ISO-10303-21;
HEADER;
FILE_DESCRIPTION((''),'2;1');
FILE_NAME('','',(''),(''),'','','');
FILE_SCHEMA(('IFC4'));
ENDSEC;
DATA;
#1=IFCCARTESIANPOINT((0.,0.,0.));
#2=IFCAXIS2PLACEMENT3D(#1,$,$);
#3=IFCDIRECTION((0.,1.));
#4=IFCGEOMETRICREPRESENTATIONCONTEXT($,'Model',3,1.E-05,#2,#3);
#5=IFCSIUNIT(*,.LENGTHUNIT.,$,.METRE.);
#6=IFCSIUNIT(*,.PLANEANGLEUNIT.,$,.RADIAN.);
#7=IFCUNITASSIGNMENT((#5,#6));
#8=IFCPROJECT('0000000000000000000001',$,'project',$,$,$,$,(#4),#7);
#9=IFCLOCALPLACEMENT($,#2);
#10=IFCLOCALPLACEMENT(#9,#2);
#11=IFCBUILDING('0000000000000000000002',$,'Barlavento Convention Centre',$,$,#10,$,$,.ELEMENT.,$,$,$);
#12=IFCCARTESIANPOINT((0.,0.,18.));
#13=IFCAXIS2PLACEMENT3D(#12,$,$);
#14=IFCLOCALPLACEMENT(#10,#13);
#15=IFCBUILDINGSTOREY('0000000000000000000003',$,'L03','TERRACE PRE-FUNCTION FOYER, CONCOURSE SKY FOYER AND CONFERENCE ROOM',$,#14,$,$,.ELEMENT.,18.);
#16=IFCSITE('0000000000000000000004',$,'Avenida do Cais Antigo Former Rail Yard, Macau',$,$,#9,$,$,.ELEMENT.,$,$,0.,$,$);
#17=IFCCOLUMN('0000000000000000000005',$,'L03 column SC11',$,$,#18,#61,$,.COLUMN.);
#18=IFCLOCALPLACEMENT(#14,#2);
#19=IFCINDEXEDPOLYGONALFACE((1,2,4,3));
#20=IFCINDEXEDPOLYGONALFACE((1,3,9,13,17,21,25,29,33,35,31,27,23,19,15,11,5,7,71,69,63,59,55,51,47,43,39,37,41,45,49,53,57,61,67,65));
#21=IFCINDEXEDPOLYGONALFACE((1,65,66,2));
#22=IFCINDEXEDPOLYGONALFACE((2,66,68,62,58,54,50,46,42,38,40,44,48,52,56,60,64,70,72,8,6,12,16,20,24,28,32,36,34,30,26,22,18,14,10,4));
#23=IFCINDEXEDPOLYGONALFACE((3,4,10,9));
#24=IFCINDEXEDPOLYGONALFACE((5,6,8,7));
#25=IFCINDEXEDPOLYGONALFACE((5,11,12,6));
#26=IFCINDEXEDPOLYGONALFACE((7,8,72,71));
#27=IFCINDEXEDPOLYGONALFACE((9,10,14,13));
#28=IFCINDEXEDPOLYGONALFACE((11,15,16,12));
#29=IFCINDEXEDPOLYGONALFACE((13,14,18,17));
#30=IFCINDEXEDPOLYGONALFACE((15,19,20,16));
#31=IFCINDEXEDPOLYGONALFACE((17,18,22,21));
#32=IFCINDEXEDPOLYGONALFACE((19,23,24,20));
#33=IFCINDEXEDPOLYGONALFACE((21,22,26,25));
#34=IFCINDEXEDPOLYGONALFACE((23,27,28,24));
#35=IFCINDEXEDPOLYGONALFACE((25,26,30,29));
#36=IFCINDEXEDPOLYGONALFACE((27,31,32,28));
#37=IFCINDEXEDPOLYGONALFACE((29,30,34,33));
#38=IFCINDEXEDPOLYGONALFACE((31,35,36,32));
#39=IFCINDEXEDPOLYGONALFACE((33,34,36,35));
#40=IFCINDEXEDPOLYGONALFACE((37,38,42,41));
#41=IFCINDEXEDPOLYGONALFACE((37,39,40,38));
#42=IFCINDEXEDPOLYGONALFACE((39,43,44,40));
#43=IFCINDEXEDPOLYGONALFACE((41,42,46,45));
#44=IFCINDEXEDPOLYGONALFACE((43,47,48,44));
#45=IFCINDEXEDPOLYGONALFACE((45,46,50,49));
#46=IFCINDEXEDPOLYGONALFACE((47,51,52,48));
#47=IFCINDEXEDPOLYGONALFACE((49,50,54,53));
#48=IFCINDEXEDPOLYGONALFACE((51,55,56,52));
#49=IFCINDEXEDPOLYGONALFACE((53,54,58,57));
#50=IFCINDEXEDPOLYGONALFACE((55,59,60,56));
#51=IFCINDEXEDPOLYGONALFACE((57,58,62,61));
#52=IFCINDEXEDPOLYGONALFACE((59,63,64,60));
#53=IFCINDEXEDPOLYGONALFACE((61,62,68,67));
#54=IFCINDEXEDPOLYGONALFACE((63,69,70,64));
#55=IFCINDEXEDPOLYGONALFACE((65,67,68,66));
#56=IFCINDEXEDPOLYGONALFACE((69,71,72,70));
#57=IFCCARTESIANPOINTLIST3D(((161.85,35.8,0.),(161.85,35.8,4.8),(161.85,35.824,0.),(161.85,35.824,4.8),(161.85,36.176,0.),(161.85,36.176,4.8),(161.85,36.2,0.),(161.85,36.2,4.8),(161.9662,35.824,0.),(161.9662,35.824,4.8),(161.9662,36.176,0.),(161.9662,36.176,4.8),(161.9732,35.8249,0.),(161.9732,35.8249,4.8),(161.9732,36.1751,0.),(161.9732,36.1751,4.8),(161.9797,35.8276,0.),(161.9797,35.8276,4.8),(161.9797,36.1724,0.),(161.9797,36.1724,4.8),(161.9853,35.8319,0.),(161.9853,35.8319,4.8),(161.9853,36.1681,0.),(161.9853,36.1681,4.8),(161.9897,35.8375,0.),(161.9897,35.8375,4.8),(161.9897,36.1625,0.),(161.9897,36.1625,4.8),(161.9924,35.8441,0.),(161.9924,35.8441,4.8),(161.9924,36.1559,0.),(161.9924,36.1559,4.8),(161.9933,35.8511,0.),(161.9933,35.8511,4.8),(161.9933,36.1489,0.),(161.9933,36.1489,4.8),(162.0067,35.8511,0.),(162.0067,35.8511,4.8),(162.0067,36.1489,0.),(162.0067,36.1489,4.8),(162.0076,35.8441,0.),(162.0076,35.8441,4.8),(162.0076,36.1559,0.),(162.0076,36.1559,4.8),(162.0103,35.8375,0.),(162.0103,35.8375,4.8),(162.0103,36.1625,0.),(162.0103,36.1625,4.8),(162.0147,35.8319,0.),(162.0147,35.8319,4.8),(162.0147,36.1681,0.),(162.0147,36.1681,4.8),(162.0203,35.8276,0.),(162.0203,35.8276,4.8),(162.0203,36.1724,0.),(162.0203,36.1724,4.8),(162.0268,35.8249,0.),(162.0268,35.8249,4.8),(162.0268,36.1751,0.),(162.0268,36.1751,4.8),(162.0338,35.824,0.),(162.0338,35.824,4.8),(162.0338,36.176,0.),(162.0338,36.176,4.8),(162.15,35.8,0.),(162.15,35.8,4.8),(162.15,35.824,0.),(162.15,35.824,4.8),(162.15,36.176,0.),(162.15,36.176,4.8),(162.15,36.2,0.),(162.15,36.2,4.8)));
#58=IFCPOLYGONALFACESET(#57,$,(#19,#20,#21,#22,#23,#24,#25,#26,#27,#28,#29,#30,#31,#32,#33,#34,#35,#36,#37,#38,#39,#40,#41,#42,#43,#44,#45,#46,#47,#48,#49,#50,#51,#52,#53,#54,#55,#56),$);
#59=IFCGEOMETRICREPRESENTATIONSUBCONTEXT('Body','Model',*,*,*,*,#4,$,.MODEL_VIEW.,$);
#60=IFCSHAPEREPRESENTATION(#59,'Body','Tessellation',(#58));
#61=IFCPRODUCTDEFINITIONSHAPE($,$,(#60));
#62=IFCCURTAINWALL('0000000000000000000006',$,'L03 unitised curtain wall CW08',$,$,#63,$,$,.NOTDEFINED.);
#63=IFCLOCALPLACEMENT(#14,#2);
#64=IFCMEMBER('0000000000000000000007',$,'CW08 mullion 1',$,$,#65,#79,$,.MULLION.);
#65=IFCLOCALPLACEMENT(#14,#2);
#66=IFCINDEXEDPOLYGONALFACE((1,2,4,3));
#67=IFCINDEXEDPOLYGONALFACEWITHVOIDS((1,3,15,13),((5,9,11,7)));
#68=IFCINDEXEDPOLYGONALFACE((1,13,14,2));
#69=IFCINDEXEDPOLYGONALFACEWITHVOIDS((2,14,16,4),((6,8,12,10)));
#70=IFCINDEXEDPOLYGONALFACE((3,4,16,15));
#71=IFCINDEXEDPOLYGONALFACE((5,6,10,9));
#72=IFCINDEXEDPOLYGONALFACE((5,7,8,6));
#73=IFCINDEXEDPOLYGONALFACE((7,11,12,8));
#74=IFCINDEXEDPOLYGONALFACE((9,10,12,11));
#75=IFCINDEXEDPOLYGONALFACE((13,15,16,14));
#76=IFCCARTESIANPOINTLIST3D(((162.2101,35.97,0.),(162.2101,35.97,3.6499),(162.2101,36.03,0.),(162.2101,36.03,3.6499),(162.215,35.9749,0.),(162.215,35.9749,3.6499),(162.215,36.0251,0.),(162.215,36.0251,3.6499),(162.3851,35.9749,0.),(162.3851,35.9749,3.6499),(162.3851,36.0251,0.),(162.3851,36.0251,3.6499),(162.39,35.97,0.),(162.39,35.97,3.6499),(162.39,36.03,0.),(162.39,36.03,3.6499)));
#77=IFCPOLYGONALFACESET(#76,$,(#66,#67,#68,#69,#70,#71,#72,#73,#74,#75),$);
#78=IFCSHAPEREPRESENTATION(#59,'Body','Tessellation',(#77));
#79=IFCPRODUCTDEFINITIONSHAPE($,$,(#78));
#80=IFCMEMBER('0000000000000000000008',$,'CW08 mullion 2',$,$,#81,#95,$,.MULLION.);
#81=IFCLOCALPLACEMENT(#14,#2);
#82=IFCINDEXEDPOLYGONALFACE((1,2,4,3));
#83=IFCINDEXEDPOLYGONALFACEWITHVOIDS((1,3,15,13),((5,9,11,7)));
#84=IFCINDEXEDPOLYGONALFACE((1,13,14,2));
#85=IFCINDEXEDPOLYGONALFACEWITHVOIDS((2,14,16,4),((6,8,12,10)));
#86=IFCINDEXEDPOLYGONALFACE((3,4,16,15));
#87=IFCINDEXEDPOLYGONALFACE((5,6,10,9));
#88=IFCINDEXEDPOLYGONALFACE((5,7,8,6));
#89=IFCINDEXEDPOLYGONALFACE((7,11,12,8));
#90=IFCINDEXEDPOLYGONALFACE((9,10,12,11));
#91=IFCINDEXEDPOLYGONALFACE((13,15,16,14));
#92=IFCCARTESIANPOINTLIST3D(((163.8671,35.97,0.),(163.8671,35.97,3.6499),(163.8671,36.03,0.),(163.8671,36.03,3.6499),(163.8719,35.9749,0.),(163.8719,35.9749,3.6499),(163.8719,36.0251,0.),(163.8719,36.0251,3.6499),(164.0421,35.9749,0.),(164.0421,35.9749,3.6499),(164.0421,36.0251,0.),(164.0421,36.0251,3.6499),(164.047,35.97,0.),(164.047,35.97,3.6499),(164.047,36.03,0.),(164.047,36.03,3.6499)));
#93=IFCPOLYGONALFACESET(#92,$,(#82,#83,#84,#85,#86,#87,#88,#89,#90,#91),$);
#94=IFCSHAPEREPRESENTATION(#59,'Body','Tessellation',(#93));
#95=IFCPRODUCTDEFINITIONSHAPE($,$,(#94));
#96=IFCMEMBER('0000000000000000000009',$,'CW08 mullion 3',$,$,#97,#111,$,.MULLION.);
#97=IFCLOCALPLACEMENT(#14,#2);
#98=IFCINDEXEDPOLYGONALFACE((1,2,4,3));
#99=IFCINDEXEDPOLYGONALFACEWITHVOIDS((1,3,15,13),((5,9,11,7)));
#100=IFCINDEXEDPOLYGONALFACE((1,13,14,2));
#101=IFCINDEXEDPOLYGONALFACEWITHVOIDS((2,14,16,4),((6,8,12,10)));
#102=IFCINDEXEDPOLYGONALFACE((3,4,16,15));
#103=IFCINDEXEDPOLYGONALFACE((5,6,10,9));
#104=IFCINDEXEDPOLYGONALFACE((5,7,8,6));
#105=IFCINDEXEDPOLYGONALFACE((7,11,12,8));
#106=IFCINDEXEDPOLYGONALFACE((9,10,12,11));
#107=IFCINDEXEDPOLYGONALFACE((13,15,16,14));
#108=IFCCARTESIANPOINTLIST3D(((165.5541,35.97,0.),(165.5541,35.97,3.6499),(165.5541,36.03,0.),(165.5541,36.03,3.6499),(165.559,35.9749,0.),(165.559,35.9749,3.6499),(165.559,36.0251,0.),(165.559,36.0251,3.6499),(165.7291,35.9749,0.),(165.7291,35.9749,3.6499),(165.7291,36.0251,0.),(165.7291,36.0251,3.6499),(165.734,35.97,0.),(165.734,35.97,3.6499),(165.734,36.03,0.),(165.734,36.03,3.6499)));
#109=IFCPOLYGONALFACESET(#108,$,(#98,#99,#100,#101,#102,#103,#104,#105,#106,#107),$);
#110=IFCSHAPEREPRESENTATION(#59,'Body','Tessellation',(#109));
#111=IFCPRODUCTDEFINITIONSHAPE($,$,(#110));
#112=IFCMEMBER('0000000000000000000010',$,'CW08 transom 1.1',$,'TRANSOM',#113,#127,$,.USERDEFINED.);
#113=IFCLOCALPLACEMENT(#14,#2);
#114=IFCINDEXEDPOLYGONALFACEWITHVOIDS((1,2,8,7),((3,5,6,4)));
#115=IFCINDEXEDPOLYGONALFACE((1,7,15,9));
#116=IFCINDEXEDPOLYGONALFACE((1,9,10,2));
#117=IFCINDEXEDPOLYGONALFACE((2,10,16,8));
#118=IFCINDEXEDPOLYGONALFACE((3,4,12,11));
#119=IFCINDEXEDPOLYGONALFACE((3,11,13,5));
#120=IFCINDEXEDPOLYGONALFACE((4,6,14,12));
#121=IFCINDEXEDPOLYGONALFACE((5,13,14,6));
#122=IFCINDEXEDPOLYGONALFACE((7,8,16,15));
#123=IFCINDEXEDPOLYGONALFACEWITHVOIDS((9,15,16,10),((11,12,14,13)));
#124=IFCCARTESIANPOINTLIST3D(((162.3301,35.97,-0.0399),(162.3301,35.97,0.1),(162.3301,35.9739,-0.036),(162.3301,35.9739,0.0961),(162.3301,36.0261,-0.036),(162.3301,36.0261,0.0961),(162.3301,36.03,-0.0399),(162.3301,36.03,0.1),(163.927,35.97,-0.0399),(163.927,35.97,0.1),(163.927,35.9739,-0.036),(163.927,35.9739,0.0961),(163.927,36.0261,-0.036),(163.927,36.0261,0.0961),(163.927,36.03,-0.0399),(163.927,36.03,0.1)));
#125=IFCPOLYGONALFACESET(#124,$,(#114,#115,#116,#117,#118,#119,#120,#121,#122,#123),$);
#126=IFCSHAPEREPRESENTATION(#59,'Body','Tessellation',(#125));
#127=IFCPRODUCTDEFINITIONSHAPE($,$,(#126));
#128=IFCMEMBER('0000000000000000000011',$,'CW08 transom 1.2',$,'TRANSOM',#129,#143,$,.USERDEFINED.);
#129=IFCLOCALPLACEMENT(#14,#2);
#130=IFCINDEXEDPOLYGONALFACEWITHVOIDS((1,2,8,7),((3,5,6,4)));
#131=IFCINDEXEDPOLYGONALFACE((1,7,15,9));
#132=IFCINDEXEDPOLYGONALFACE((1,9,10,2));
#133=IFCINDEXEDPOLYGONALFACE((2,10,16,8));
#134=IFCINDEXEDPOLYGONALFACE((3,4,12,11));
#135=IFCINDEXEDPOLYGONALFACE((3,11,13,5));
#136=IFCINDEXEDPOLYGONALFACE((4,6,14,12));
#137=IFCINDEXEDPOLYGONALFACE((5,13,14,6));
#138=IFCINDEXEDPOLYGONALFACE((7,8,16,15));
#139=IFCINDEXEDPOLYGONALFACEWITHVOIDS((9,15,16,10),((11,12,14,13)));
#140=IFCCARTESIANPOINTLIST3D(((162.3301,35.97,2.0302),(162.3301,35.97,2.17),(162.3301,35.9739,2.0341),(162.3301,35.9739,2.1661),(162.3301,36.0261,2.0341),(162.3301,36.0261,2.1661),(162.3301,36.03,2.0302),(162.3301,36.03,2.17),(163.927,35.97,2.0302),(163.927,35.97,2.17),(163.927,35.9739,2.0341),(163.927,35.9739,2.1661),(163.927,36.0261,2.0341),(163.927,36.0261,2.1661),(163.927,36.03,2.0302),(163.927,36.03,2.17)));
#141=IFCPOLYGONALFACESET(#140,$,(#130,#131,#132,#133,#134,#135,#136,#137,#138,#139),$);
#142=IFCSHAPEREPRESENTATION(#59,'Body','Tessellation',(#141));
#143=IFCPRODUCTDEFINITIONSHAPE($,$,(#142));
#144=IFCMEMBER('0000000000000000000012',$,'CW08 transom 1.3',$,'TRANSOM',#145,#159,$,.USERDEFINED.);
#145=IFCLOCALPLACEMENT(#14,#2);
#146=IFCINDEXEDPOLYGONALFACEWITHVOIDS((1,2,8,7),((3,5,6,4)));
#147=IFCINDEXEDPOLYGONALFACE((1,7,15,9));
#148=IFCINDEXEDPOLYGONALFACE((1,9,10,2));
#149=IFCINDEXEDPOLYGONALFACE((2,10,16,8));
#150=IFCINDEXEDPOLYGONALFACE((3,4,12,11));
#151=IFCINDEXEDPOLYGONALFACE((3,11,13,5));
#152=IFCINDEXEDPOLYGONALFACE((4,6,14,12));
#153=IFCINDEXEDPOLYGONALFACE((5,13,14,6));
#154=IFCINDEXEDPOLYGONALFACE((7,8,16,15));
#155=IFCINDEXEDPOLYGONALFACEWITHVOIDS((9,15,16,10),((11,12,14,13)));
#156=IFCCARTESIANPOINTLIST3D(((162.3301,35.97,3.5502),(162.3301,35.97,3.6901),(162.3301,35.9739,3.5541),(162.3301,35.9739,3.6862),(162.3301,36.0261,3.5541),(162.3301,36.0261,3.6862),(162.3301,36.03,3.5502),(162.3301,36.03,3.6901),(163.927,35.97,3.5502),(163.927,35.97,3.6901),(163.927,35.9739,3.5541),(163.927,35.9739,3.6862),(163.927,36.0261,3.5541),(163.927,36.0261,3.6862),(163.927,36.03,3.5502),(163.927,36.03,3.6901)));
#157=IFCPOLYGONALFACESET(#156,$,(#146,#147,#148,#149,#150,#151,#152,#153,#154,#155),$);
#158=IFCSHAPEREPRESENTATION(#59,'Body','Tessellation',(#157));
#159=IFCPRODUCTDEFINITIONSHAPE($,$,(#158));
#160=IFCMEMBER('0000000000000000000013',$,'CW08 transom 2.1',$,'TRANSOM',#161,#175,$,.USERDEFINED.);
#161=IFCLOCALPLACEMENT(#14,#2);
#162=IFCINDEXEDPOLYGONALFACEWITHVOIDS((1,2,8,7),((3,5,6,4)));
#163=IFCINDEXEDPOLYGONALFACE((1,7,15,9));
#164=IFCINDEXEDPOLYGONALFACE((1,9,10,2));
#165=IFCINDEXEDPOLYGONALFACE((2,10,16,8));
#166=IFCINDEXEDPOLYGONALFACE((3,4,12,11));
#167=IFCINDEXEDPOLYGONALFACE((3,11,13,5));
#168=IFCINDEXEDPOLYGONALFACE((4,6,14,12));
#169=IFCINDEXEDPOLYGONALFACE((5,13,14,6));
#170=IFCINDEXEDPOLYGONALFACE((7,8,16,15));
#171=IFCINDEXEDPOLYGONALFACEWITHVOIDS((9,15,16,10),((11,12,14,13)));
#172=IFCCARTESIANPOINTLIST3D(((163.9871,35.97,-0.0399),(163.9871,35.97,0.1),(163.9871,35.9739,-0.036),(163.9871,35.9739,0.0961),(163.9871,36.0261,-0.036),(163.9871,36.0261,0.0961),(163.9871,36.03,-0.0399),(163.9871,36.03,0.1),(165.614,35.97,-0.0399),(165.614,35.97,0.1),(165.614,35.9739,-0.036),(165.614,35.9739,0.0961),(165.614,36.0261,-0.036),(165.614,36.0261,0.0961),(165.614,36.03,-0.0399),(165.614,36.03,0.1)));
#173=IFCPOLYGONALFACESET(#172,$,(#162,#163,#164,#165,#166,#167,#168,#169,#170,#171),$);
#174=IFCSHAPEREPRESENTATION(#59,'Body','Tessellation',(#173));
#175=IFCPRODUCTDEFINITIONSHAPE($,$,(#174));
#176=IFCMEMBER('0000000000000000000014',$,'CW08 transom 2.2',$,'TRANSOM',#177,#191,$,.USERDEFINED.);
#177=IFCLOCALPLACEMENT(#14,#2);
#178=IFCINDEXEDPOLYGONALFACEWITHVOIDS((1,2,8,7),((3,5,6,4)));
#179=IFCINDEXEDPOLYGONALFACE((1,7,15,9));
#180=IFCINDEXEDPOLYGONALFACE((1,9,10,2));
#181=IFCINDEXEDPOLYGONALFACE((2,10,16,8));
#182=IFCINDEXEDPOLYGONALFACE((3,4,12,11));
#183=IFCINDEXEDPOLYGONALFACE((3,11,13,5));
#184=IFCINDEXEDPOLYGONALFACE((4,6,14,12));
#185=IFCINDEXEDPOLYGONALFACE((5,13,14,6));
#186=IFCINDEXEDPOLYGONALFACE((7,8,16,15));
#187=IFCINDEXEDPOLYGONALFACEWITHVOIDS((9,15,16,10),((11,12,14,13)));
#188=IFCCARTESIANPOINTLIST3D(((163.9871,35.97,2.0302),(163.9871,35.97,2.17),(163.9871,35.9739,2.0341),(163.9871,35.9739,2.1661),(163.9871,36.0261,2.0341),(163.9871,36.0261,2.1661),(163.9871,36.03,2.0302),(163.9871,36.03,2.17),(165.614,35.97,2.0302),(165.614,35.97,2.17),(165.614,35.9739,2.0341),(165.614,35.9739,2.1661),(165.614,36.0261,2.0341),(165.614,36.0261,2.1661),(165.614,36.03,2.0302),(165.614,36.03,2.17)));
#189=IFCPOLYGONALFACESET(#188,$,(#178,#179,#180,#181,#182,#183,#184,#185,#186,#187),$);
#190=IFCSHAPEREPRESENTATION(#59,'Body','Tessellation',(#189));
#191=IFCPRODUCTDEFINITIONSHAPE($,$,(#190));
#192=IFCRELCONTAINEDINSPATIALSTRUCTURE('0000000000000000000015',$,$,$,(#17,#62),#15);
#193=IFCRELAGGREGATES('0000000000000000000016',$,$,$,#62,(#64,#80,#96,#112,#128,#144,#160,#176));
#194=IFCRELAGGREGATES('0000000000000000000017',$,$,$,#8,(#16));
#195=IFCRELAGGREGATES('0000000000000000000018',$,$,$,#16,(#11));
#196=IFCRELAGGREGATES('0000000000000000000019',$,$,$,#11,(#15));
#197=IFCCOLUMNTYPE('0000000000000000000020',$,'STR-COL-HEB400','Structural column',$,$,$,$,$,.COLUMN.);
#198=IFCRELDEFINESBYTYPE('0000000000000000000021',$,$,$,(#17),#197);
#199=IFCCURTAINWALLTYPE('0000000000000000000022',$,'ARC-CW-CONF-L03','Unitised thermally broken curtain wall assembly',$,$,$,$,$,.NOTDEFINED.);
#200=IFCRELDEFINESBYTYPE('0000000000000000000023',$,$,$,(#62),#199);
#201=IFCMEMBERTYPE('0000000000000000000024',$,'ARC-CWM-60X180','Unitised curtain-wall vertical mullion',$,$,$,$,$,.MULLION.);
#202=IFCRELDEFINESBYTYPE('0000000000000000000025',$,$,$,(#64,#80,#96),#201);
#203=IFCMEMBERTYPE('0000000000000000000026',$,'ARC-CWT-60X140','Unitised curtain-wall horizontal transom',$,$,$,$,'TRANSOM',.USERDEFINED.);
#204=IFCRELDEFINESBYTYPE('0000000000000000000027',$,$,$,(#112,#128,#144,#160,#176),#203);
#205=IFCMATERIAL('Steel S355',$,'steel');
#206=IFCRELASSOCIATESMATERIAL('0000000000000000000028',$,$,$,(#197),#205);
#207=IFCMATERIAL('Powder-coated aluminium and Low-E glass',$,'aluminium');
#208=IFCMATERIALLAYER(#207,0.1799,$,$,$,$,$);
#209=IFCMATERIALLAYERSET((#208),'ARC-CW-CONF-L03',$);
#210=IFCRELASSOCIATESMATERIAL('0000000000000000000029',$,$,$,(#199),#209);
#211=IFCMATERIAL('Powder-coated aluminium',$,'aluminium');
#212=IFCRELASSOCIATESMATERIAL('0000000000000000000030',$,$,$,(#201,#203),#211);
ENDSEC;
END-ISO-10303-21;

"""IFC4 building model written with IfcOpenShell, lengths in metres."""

from ifc_helpers import new_model, si_unit, direction, frame, origin, origin_2d, place, context, subcontext, project, spatial, hollow_rectangle, i_section, extrude, material, layer, layer_set, material_profile, profile_set, type_object, element, aggregate, save


model = new_model("IFC4")

# Units and contexts
model_context = context("Model", 3, precision=1e-05, world=origin(), true_north=direction((0.0, 1.0)))
body_context = subcontext(model_context, "Body", "Model", "MODEL_VIEW")
ifc_project = project(units=[si_unit("LENGTHUNIT", "METRE"), si_unit("PLANEANGLEUNIT", "RADIAN")], contexts=[model_context])

# Site, building, storey
site_placement = place(None, origin())
site = spatial("IfcSite", under=ifc_project, at=site_placement, Name="Avenida do Cais Antigo Former Rail Yard, Macau", CompositionType="ELEMENT", RefElevation=0.0)
building_placement = place(site_placement, origin())
building = spatial("IfcBuilding", under=site, at=building_placement, Name="Barlavento Convention Centre", CompositionType="ELEMENT")
storey_placement = place(building_placement, frame((0.0, 0.0, 18.0)))
storey = spatial("IfcBuildingStorey", under=building, at=storey_placement, Name="L03", Description="TERRACE PRE-FUNCTION FOYER, CONCOURSE SKY FOYER AND CONFERENCE ROOM", CompositionType="ELEMENT", Elevation=18.0)

# Column
ifc_material_1 = material(Name="Steel S355", Category="steel")
ifc_material_profile_1 = material_profile(ifc_material_1, i_section(OverallWidth=0.3, OverallDepth=0.3999, WebThickness=0.0134, FlangeThickness=0.0239, FilletRadius=0.0271, at=origin_2d()), Name="HEB 400")
ifc_profile_set_1 = profile_set([ifc_material_profile_1], Name="Steel S355")
column_type = type_object("IfcColumnType", Name="STR-COL-HEB400", Description="Structural column", PredefinedType="COLUMN", material=ifc_profile_set_1)
column_placement = place(storey_placement, frame((162.0, 36.0, 0.0), z_axis=(0.0, 0.0, 1.0), x_axis=(1.0, 0.0, 0.0)))
element("IfcColumn", 1, at=column_placement, inside=storey, type_object=column_type, Name="L03 column SC11", PredefinedType="COLUMN", context=body_context, shape_type="SweptSolid", body=[
    extrude(i_section(OverallWidth=0.3, OverallDepth=0.3999, WebThickness=0.0134, FlangeThickness=0.0239, FilletRadius=0.0271, at=origin_2d()), origin(), (0.0, 0.0, 1.0), 4.8),
])

# Curtain wall, members
ifc_material_2 = material(Name="Powder-coated aluminium and Low-E glass", Category="aluminium")
ifc_layer_1 = layer(ifc_material_2, 0.1799)
ifc_layer_set_1 = layer_set([ifc_layer_1], Name="ARC-CW-CONF-L03")
curtain_wall_type = type_object("IfcCurtainWallType", Name="ARC-CW-CONF-L03", Description="Unitised thermally broken curtain wall assembly", PredefinedType="NOTDEFINED", material=ifc_layer_set_1)
curtain_wall_placement = place(storey_placement, origin())
curtain_wall = element("IfcCurtainWall", 2, at=curtain_wall_placement, inside=storey, type_object=curtain_wall_type, Name="L03 unitised curtain wall CW08", PredefinedType="NOTDEFINED")
ifc_material_3 = material(Name="Powder-coated aluminium", Category="aluminium")
ifc_material_profile_2 = material_profile(ifc_material_3, hollow_rectangle(XDim=0.0601, YDim=0.1799, WallThickness=0.0049, at=origin_2d()), Name="AL-MULL 60x180x5")
ifc_profile_set_2 = profile_set([ifc_material_profile_2], Name="Powder-coated aluminium")
member_type_1 = type_object("IfcMemberType", Name="ARC-CWM-60X180", Description="Unitised curtain-wall vertical mullion", PredefinedType="MULLION", material=ifc_profile_set_2)
member_1_placement = place(storey_placement, frame((162.3, 36.0, 0.0), z_axis=(0.0, 0.0, 1.0), x_axis=(0.0, 1.0, 0.0)))
member_1 = element("IfcMember", 3, at=member_1_placement, type_object=member_type_1, Name="CW08 mullion 1", PredefinedType="MULLION", context=body_context, shape_type="SweptSolid", body=[
    extrude(hollow_rectangle(XDim=0.0601, YDim=0.1799, WallThickness=0.0049, at=origin_2d()), origin(), (0.0, 0.0, 1.0), 3.6499),
])
member_2_placement = place(storey_placement, frame((163.957, 36.0, 0.0), z_axis=(0.0, 0.0, 1.0), x_axis=(0.0, 1.0, 0.0)))
member_2 = element("IfcMember", 4, at=member_2_placement, type_object=member_type_1, Name="CW08 mullion 2", PredefinedType="MULLION", context=body_context, shape_type="SweptSolid", body=[
    extrude(hollow_rectangle(XDim=0.0601, YDim=0.1799, WallThickness=0.0049, at=origin_2d()), origin(), (0.0, 0.0, 1.0), 3.6499),
])
member_3_placement = place(storey_placement, frame((165.644, 36.0, 0.0), z_axis=(0.0, 0.0, 1.0), x_axis=(0.0, 1.0, 0.0)))
member_3 = element("IfcMember", 5, at=member_3_placement, type_object=member_type_1, Name="CW08 mullion 3", PredefinedType="MULLION", context=body_context, shape_type="SweptSolid", body=[
    extrude(hollow_rectangle(XDim=0.0601, YDim=0.1799, WallThickness=0.0049, at=origin_2d()), origin(), (0.0, 0.0, 1.0), 3.6499),
])
ifc_material_profile_3 = material_profile(ifc_material_3, hollow_rectangle(XDim=0.0601, YDim=0.1399, WallThickness=0.0039, at=origin_2d()), Name="AL-TRAN 60x140x4")
ifc_profile_set_3 = profile_set([ifc_material_profile_3], Name="Powder-coated aluminium")
member_type_2 = type_object("IfcMemberType", Name="ARC-CWT-60X140", Description="Unitised curtain-wall horizontal transom", ElementType="TRANSOM", PredefinedType="USERDEFINED", material=ifc_profile_set_3)
member_4_placement = place(storey_placement, frame((162.3301, 36.0, 0.03), z_axis=(1.0, 0.0, 0.0), x_axis=(0.0, 1.0, 0.0)))
member_4 = element("IfcMember", 6, at=member_4_placement, type_object=member_type_2, Name="CW08 transom 1.1", ObjectType="TRANSOM", PredefinedType="USERDEFINED", context=body_context, shape_type="SweptSolid", body=[
    extrude(hollow_rectangle(XDim=0.0601, YDim=0.1399, WallThickness=0.0039, at=origin_2d()), origin(), (0.0, 0.0, 1.0), 1.5969),
])
member_5_placement = place(storey_placement, frame((162.3301, 36.0, 2.1001), z_axis=(1.0, 0.0, 0.0), x_axis=(0.0, 1.0, 0.0)))
member_5 = element("IfcMember", 7, at=member_5_placement, type_object=member_type_2, Name="CW08 transom 1.2", ObjectType="TRANSOM", PredefinedType="USERDEFINED", context=body_context, shape_type="SweptSolid", body=[
    extrude(hollow_rectangle(XDim=0.0601, YDim=0.1399, WallThickness=0.0039, at=origin_2d()), origin(), (0.0, 0.0, 1.0), 1.5969),
])
member_6_placement = place(storey_placement, frame((162.3301, 36.0, 3.6201), z_axis=(1.0, 0.0, 0.0), x_axis=(0.0, 1.0, 0.0)))
member_6 = element("IfcMember", 8, at=member_6_placement, type_object=member_type_2, Name="CW08 transom 1.3", ObjectType="TRANSOM", PredefinedType="USERDEFINED", context=body_context, shape_type="SweptSolid", body=[
    extrude(hollow_rectangle(XDim=0.0601, YDim=0.1399, WallThickness=0.0039, at=origin_2d()), origin(), (0.0, 0.0, 1.0), 1.5969),
])
member_7_placement = place(storey_placement, frame((163.9871, 36.0, 0.03), z_axis=(1.0, 0.0, 0.0), x_axis=(0.0, 1.0, 0.0)))
member_7 = element("IfcMember", 9, at=member_7_placement, type_object=member_type_2, Name="CW08 transom 2.1", ObjectType="TRANSOM", PredefinedType="USERDEFINED", context=body_context, shape_type="SweptSolid", body=[
    extrude(hollow_rectangle(XDim=0.0601, YDim=0.1399, WallThickness=0.0039, at=origin_2d()), origin(), (0.0, 0.0, 1.0), 1.627),
])
member_8_placement = place(storey_placement, frame((163.9871, 36.0, 2.1001), z_axis=(1.0, 0.0, 0.0), x_axis=(0.0, 1.0, 0.0)))
member_8 = element("IfcMember", 10, at=member_8_placement, type_object=member_type_2, Name="CW08 transom 2.2", ObjectType="TRANSOM", PredefinedType="USERDEFINED", context=body_context, shape_type="SweptSolid", body=[
    extrude(hollow_rectangle(XDim=0.0601, YDim=0.1399, WallThickness=0.0039, at=origin_2d()), origin(), (0.0, 0.0, 1.0), 1.627),
])

aggregate(curtain_wall, [member_1, member_2, member_3, member_4, member_5, member_6, member_7, member_8])

save(model, "model.ifc")
